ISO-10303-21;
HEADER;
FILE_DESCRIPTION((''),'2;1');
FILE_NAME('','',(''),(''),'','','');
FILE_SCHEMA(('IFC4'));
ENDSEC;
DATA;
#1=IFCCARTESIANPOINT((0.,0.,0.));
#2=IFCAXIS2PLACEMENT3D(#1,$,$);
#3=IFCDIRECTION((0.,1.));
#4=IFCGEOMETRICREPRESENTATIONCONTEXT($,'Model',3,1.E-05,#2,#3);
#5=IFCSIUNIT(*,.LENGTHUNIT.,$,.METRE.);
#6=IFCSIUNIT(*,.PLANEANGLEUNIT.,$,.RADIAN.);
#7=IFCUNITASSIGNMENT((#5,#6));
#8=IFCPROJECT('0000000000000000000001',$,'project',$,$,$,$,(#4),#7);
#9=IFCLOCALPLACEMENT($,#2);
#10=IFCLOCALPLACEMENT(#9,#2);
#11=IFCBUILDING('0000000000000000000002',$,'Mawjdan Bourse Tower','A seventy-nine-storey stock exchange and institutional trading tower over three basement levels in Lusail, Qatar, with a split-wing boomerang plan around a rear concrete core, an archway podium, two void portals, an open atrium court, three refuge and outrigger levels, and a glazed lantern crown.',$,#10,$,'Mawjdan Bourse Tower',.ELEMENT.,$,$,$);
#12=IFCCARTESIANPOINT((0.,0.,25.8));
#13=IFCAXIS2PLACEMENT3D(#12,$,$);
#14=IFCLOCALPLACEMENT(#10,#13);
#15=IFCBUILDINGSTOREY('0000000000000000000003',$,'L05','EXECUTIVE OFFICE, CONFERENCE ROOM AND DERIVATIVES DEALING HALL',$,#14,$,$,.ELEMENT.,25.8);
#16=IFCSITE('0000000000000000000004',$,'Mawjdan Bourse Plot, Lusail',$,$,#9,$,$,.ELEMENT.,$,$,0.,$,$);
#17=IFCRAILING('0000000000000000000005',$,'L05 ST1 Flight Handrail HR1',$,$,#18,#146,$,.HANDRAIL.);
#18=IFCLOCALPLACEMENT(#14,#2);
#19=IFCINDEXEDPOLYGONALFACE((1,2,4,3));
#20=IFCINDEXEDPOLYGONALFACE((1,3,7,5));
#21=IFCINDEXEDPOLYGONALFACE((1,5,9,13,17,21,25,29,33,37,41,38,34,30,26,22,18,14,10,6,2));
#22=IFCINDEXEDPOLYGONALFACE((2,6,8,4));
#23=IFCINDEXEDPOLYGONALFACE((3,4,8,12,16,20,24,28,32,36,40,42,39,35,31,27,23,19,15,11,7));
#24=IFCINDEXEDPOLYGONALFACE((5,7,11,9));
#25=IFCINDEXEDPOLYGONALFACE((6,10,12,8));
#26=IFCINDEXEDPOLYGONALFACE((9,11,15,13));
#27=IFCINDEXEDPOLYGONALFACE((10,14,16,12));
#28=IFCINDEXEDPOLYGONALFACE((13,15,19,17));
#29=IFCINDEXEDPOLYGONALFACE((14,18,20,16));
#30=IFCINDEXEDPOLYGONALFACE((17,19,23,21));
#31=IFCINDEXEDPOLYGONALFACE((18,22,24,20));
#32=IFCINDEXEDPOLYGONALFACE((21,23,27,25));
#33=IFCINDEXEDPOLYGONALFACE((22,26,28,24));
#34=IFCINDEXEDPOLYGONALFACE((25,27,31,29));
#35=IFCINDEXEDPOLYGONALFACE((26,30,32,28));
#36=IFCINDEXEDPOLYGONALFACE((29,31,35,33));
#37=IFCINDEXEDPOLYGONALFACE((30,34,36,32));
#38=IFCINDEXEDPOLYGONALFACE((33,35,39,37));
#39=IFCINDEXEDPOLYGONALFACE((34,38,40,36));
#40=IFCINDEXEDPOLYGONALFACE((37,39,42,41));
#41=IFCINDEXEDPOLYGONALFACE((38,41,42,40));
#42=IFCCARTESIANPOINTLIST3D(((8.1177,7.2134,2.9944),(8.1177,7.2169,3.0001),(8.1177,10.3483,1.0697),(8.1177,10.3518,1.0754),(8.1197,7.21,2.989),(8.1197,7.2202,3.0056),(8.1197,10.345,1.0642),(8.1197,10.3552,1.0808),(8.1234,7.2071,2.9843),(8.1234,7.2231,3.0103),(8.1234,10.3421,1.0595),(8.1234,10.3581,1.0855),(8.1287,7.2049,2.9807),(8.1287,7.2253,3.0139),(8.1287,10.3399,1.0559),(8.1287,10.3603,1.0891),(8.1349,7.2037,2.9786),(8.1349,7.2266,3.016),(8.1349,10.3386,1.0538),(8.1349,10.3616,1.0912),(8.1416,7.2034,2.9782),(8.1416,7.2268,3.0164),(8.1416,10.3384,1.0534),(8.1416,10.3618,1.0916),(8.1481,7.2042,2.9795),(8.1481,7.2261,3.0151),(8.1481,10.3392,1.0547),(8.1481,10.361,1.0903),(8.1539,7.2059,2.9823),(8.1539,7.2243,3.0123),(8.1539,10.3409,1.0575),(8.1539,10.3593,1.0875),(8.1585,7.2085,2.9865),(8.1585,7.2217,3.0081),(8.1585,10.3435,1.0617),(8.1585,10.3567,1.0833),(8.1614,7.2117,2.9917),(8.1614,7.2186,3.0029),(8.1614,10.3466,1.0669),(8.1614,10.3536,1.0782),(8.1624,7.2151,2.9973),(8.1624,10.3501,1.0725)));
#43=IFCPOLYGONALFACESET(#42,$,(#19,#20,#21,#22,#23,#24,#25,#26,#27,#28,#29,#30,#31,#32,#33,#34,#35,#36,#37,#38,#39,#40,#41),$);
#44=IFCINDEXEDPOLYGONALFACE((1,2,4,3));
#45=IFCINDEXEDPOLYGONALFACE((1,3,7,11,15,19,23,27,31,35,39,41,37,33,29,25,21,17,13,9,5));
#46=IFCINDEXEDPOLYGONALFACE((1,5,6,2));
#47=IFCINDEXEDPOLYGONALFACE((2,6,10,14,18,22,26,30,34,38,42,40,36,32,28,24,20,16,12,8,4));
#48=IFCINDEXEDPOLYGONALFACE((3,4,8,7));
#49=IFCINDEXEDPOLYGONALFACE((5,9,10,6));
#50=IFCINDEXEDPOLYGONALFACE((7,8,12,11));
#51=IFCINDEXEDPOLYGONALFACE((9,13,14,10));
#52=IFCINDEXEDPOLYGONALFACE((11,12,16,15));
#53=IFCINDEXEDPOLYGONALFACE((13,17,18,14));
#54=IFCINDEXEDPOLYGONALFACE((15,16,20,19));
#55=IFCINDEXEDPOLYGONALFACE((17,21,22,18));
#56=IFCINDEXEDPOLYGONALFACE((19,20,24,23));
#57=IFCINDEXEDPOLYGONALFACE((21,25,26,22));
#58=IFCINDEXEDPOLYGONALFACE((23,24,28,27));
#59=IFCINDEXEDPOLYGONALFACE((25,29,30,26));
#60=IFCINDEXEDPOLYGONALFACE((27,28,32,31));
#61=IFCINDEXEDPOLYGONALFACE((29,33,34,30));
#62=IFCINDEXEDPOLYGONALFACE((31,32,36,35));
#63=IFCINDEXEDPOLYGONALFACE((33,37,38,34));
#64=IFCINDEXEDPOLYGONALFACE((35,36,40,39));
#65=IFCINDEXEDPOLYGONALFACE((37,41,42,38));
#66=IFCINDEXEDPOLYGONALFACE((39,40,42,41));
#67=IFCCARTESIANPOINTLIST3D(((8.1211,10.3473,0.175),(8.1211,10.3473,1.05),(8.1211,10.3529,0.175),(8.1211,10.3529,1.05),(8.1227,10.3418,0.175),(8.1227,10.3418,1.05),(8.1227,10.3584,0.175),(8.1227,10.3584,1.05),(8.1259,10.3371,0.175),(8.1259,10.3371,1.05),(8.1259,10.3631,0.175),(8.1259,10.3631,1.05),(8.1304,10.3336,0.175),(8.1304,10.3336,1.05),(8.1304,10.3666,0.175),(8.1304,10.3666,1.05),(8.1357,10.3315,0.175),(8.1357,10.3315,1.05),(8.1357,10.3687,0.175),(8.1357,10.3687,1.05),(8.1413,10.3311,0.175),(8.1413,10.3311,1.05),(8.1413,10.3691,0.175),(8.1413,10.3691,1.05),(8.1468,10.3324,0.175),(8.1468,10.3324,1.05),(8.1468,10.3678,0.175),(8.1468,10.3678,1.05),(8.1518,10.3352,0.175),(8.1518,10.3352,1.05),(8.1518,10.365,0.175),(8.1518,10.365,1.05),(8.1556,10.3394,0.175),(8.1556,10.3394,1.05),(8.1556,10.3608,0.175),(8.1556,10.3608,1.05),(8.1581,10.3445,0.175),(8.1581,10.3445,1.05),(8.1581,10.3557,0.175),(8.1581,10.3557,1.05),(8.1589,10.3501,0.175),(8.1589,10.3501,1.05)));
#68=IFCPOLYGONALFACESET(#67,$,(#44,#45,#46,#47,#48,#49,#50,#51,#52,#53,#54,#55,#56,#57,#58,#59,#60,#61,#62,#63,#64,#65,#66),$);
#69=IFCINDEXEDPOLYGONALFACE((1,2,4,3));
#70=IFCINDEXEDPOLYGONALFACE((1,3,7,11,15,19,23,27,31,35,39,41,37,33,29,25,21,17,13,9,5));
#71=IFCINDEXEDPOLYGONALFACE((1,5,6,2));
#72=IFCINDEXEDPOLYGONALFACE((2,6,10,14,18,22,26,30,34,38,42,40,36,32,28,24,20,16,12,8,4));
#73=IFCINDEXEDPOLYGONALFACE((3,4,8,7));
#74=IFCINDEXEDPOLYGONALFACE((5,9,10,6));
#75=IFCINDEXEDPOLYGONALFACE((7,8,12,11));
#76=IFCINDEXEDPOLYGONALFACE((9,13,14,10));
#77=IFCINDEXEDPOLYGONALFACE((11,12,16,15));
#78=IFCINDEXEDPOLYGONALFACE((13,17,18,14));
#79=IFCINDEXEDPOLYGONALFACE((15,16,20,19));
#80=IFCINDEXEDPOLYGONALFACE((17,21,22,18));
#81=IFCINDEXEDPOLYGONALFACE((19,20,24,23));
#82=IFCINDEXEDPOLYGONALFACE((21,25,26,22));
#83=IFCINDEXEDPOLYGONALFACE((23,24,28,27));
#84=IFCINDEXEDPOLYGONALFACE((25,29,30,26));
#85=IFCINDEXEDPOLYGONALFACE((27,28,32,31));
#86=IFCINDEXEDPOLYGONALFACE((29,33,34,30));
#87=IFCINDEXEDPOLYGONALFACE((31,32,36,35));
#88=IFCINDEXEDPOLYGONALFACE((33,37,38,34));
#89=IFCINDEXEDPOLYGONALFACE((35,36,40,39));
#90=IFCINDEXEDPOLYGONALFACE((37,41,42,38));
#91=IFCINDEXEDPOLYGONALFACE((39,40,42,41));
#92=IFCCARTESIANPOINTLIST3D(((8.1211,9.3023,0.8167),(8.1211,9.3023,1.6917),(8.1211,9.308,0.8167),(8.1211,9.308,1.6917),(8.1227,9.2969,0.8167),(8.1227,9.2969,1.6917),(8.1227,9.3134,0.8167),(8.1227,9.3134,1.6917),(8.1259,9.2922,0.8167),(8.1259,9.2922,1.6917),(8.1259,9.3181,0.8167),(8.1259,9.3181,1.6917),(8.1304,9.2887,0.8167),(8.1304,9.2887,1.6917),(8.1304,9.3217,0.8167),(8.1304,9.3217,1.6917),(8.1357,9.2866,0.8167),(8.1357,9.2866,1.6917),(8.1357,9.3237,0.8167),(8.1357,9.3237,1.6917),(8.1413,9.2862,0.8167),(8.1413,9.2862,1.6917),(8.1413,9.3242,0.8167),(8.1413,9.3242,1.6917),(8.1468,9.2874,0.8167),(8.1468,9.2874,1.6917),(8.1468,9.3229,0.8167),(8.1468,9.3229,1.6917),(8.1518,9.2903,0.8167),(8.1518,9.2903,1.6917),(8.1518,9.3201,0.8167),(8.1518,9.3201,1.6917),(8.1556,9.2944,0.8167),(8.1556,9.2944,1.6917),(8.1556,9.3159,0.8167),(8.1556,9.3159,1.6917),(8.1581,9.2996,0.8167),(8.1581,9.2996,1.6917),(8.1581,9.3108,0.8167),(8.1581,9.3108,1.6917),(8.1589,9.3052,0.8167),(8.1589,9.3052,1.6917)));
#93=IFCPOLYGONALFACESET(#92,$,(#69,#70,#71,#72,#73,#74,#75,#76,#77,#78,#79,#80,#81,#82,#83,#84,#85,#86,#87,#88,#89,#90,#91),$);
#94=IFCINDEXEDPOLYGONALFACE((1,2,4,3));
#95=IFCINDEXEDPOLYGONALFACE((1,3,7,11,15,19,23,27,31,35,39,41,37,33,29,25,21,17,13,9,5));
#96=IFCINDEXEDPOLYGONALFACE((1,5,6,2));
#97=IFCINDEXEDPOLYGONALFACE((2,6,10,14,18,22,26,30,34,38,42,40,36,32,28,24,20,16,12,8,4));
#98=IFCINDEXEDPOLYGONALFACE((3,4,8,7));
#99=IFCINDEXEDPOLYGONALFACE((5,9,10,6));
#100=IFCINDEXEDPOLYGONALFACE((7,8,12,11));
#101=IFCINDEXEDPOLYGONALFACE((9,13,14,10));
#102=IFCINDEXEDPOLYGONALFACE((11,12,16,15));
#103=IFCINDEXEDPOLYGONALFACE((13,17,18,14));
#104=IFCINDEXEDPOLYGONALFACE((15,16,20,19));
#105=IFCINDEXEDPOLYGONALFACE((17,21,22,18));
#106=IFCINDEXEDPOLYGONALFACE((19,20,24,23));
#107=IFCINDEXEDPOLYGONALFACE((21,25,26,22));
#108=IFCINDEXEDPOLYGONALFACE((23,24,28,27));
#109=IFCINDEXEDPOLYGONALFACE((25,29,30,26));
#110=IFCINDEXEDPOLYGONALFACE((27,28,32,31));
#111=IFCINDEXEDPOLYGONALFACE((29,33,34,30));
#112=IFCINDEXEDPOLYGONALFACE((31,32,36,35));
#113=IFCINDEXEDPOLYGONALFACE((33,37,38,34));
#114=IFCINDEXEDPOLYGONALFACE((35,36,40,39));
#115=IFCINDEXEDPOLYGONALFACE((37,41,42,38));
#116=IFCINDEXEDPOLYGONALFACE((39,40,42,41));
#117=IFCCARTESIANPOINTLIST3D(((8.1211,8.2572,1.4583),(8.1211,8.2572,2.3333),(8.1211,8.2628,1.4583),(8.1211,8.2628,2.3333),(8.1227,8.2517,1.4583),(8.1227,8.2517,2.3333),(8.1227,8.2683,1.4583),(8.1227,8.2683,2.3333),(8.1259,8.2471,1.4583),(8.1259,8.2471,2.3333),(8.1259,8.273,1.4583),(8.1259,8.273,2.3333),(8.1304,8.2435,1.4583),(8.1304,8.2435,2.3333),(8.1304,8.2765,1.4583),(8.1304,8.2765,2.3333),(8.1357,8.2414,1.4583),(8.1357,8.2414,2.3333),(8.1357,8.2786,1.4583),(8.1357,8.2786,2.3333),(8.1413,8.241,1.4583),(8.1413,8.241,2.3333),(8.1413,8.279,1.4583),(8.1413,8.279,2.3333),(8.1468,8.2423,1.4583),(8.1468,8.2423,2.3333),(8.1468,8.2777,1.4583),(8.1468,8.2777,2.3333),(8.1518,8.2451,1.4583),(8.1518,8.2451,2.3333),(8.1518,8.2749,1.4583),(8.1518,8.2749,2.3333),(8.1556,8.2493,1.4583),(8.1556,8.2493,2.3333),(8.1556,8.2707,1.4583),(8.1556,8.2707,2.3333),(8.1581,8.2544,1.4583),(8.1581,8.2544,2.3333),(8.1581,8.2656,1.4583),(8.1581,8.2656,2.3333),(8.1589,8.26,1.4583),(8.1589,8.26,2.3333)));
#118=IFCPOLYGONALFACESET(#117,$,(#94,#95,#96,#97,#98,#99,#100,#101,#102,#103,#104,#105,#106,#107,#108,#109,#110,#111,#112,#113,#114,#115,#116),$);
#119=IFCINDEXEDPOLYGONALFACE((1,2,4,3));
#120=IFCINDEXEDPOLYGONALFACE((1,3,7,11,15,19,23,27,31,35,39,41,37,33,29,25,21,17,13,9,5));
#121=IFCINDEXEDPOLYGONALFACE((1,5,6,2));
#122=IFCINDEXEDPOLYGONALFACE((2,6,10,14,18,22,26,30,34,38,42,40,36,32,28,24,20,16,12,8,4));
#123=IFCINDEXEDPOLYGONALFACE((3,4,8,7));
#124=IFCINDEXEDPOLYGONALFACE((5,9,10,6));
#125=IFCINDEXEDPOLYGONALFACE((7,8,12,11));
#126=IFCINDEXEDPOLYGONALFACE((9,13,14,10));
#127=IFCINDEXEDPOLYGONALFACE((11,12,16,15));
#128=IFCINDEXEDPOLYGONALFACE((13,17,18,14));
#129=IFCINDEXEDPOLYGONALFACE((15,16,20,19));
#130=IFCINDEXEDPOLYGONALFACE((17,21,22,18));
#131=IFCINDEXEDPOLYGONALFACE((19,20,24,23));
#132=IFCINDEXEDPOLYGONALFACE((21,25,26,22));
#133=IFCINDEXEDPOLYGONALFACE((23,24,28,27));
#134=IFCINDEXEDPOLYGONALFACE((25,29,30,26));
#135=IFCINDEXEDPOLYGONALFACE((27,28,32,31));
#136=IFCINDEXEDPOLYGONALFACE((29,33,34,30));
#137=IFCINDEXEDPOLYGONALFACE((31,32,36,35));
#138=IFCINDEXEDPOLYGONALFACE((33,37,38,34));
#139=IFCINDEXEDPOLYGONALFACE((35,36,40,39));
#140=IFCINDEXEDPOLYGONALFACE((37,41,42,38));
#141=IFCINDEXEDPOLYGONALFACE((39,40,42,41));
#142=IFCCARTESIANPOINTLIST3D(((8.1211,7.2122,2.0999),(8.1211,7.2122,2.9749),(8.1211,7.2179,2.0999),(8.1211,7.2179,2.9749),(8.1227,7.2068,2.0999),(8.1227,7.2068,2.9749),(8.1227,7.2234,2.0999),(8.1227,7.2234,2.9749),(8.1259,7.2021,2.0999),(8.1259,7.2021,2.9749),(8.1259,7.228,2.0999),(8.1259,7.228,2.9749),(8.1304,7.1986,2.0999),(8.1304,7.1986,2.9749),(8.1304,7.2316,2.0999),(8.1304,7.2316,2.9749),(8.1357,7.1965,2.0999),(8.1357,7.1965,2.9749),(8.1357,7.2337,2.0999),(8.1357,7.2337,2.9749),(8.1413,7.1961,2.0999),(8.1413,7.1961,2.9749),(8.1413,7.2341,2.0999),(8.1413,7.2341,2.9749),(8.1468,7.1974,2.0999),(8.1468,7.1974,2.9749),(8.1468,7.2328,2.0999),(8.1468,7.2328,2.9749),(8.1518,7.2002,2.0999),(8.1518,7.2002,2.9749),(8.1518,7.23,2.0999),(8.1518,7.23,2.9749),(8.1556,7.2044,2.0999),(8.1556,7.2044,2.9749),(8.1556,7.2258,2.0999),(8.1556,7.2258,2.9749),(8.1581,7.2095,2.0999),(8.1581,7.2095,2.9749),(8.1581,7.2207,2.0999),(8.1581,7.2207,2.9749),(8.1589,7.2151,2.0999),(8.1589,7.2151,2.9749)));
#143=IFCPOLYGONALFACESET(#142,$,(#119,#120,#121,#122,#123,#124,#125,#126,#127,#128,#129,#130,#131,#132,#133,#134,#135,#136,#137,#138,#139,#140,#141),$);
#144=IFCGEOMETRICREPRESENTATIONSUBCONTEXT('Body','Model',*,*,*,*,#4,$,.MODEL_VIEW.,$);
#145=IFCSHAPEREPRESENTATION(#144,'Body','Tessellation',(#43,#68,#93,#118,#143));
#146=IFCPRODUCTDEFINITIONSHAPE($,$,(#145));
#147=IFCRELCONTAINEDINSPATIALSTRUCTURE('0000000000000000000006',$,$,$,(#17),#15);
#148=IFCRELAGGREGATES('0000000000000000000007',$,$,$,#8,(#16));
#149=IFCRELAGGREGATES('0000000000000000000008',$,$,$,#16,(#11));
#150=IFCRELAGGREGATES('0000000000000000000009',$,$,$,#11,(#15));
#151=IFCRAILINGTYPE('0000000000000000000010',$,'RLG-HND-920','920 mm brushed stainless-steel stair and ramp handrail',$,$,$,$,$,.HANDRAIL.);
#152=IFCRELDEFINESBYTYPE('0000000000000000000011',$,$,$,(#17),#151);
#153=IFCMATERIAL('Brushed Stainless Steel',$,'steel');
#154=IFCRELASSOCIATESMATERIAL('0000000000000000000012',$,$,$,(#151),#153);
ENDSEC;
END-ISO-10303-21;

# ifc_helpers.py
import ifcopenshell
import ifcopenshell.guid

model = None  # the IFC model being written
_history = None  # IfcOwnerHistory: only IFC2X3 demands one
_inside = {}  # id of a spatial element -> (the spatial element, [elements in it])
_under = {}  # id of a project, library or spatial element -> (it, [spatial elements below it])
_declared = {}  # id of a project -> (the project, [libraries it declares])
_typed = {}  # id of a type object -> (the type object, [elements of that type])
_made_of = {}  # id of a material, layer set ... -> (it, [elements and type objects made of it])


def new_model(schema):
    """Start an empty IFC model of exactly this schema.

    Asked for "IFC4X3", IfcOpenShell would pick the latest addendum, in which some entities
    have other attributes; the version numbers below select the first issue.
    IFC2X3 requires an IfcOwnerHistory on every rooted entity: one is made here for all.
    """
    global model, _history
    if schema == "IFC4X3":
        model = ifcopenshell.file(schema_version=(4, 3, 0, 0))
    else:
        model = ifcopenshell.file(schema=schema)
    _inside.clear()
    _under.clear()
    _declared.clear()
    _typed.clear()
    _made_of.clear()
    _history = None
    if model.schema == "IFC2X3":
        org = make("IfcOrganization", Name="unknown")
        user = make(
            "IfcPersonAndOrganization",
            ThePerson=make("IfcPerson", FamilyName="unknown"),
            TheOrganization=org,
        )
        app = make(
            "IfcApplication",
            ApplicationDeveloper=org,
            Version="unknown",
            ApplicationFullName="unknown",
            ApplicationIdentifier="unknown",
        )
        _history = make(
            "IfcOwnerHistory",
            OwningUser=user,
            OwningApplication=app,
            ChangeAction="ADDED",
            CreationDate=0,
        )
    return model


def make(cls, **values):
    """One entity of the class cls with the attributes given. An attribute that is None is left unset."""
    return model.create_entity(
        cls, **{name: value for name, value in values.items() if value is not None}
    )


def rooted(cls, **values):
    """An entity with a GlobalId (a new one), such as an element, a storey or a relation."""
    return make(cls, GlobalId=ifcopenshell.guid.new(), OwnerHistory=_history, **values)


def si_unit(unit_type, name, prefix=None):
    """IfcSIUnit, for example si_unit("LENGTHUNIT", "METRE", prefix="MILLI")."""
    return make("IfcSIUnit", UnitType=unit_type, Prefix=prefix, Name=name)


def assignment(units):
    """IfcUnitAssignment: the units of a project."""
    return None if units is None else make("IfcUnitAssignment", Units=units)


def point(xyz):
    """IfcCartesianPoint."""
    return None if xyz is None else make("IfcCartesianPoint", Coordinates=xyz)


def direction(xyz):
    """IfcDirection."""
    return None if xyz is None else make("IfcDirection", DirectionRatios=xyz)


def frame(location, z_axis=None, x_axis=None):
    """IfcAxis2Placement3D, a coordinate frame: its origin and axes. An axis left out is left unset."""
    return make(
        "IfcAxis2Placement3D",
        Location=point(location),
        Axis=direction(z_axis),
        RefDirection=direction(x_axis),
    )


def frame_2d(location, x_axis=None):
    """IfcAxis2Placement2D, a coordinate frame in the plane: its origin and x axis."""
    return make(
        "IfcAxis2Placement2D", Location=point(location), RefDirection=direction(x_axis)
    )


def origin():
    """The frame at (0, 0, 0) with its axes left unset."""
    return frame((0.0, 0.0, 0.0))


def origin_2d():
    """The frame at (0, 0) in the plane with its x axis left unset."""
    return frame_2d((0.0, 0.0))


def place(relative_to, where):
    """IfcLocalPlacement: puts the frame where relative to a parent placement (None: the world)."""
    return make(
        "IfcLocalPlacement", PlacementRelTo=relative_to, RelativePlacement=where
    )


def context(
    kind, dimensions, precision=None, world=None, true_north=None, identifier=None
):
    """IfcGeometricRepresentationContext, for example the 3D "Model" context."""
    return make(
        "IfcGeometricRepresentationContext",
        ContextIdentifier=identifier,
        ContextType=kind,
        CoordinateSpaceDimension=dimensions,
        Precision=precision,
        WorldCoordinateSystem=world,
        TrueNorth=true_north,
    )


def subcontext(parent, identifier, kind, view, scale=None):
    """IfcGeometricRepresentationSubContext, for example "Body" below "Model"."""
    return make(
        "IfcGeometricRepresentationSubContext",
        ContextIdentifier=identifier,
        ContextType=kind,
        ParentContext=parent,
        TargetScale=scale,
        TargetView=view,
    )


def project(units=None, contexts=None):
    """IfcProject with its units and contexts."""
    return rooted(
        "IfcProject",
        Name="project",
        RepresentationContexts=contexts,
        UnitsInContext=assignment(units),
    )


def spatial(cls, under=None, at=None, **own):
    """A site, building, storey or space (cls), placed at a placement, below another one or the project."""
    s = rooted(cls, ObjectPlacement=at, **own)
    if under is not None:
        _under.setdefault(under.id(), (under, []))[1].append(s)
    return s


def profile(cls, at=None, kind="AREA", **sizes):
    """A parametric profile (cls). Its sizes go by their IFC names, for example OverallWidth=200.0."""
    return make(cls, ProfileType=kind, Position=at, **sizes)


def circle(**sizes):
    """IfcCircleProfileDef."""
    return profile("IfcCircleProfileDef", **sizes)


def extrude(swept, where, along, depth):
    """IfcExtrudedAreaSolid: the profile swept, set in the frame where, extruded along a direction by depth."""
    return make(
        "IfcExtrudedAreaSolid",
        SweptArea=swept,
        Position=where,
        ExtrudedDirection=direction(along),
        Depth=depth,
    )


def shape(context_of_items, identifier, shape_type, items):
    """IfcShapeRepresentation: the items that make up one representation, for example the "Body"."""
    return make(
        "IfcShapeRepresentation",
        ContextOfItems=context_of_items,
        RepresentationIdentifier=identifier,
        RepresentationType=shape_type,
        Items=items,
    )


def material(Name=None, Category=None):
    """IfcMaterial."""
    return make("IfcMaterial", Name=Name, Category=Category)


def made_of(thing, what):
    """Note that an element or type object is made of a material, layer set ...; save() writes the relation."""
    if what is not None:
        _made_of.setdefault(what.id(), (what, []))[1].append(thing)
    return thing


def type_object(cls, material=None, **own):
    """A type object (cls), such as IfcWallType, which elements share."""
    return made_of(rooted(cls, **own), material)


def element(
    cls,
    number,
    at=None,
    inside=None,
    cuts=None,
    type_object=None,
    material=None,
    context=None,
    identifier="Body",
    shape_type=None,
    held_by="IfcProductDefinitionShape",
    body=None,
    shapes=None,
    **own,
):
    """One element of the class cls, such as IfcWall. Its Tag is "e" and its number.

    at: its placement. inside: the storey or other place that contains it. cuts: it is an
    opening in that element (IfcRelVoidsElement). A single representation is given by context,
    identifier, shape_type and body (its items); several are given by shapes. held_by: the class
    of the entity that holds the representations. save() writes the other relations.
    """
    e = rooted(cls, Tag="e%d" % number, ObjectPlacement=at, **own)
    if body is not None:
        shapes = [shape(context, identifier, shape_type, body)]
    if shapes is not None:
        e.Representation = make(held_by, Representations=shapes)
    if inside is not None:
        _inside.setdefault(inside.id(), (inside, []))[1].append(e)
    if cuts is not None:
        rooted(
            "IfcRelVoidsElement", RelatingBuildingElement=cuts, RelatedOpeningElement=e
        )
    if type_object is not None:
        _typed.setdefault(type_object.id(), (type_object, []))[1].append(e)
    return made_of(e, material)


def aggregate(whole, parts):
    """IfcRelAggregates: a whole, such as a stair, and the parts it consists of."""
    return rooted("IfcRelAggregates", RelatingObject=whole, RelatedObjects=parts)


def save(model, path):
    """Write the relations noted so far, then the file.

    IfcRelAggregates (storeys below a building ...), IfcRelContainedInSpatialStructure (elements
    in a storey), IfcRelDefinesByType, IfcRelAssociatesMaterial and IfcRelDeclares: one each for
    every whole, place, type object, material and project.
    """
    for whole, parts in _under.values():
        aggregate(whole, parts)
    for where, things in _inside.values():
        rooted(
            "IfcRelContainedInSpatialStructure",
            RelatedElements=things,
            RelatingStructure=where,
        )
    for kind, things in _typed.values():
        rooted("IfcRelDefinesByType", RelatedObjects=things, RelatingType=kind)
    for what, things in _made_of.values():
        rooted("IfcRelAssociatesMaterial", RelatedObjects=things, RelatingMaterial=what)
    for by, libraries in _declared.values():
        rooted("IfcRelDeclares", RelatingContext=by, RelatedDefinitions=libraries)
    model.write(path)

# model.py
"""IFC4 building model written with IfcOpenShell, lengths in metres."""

from ifc_helpers import new_model, si_unit, direction, frame, origin, origin_2d, place, context, subcontext, project, spatial, circle, extrude, material, type_object, element, save


model = new_model("IFC4")

# Units and contexts
model_context = context("Model", 3, precision=1e-05, world=origin(), true_north=direction((0.0, 1.0)))
body_context = subcontext(model_context, "Body", "Model", "MODEL_VIEW")
ifc_project = project(units=[si_unit("LENGTHUNIT", "METRE"), si_unit("PLANEANGLEUNIT", "RADIAN")], contexts=[model_context])

# Site, building, storey
site_placement = place(None, origin())
site = spatial("IfcSite", under=ifc_project, at=site_placement, Name="Mawjdan Bourse Plot, Lusail", CompositionType="ELEMENT", RefElevation=0.0)
building_placement = place(site_placement, origin())
building = spatial("IfcBuilding", under=site, at=building_placement, Name="Mawjdan Bourse Tower", Description="A seventy-nine-storey stock exchange and institutional trading tower over three basement levels in Lusail, Qatar, with a split-wing boomerang plan around a rear concrete core, an archway podium, two void portals, an open atrium court, three refuge and outrigger levels, and a glazed lantern crown.", LongName="Mawjdan Bourse Tower", CompositionType="ELEMENT")
storey_placement = place(building_placement, frame((0.0, 0.0, 25.8)))
storey = spatial("IfcBuildingStorey", under=building, at=storey_placement, Name="L05", Description="EXECUTIVE OFFICE, CONFERENCE ROOM AND DERIVATIVES DEALING HALL", CompositionType="ELEMENT", Elevation=25.8)

# Railing
ifc_material_1 = material(Name="Brushed Stainless Steel", Category="steel")
railing_type_1 = type_object("IfcRailingType", Name="RLG-HND-920", Description="920 mm brushed stainless-steel stair and ramp handrail", PredefinedType="HANDRAIL", material=ifc_material_1)
railing_1_placement = place(storey_placement, frame((8.1399, 10.3501, 0.175)))
element("IfcRailing", 1, at=railing_1_placement, inside=storey, type_object=railing_type_1, Name="L05 ST1 Flight Handrail HR1", PredefinedType="HANDRAIL", context=body_context, shape_type="SweptSolid", body=[
    extrude(circle(Radius=0.0225, at=origin_2d()), frame((0.0, 0.0, 0.8975), z_axis=(0.0, -0.852196, 0.523223), x_axis=(1.0, 0.0, 0.0)), (0.0, 0.0, 1.0), 3.6787),
    extrude(circle(Radius=0.019, at=origin_2d()), origin(), (0.0, 0.0, 1.0), 0.875),
    extrude(circle(Radius=0.019, at=origin_2d()), frame((0.0, -1.0449, 0.6416)), (0.0, 0.0, 1.0), 0.875),
    extrude(circle(Radius=0.019, at=origin_2d()), frame((0.0, -2.0901, 1.2832)), (0.0, 0.0, 1.0), 0.875),
    extrude(circle(Radius=0.019, at=origin_2d()), frame((0.0, -3.135, 1.9248)), (0.0, 0.0, 1.0), 0.875),
])

save(model, "model.ifc")
